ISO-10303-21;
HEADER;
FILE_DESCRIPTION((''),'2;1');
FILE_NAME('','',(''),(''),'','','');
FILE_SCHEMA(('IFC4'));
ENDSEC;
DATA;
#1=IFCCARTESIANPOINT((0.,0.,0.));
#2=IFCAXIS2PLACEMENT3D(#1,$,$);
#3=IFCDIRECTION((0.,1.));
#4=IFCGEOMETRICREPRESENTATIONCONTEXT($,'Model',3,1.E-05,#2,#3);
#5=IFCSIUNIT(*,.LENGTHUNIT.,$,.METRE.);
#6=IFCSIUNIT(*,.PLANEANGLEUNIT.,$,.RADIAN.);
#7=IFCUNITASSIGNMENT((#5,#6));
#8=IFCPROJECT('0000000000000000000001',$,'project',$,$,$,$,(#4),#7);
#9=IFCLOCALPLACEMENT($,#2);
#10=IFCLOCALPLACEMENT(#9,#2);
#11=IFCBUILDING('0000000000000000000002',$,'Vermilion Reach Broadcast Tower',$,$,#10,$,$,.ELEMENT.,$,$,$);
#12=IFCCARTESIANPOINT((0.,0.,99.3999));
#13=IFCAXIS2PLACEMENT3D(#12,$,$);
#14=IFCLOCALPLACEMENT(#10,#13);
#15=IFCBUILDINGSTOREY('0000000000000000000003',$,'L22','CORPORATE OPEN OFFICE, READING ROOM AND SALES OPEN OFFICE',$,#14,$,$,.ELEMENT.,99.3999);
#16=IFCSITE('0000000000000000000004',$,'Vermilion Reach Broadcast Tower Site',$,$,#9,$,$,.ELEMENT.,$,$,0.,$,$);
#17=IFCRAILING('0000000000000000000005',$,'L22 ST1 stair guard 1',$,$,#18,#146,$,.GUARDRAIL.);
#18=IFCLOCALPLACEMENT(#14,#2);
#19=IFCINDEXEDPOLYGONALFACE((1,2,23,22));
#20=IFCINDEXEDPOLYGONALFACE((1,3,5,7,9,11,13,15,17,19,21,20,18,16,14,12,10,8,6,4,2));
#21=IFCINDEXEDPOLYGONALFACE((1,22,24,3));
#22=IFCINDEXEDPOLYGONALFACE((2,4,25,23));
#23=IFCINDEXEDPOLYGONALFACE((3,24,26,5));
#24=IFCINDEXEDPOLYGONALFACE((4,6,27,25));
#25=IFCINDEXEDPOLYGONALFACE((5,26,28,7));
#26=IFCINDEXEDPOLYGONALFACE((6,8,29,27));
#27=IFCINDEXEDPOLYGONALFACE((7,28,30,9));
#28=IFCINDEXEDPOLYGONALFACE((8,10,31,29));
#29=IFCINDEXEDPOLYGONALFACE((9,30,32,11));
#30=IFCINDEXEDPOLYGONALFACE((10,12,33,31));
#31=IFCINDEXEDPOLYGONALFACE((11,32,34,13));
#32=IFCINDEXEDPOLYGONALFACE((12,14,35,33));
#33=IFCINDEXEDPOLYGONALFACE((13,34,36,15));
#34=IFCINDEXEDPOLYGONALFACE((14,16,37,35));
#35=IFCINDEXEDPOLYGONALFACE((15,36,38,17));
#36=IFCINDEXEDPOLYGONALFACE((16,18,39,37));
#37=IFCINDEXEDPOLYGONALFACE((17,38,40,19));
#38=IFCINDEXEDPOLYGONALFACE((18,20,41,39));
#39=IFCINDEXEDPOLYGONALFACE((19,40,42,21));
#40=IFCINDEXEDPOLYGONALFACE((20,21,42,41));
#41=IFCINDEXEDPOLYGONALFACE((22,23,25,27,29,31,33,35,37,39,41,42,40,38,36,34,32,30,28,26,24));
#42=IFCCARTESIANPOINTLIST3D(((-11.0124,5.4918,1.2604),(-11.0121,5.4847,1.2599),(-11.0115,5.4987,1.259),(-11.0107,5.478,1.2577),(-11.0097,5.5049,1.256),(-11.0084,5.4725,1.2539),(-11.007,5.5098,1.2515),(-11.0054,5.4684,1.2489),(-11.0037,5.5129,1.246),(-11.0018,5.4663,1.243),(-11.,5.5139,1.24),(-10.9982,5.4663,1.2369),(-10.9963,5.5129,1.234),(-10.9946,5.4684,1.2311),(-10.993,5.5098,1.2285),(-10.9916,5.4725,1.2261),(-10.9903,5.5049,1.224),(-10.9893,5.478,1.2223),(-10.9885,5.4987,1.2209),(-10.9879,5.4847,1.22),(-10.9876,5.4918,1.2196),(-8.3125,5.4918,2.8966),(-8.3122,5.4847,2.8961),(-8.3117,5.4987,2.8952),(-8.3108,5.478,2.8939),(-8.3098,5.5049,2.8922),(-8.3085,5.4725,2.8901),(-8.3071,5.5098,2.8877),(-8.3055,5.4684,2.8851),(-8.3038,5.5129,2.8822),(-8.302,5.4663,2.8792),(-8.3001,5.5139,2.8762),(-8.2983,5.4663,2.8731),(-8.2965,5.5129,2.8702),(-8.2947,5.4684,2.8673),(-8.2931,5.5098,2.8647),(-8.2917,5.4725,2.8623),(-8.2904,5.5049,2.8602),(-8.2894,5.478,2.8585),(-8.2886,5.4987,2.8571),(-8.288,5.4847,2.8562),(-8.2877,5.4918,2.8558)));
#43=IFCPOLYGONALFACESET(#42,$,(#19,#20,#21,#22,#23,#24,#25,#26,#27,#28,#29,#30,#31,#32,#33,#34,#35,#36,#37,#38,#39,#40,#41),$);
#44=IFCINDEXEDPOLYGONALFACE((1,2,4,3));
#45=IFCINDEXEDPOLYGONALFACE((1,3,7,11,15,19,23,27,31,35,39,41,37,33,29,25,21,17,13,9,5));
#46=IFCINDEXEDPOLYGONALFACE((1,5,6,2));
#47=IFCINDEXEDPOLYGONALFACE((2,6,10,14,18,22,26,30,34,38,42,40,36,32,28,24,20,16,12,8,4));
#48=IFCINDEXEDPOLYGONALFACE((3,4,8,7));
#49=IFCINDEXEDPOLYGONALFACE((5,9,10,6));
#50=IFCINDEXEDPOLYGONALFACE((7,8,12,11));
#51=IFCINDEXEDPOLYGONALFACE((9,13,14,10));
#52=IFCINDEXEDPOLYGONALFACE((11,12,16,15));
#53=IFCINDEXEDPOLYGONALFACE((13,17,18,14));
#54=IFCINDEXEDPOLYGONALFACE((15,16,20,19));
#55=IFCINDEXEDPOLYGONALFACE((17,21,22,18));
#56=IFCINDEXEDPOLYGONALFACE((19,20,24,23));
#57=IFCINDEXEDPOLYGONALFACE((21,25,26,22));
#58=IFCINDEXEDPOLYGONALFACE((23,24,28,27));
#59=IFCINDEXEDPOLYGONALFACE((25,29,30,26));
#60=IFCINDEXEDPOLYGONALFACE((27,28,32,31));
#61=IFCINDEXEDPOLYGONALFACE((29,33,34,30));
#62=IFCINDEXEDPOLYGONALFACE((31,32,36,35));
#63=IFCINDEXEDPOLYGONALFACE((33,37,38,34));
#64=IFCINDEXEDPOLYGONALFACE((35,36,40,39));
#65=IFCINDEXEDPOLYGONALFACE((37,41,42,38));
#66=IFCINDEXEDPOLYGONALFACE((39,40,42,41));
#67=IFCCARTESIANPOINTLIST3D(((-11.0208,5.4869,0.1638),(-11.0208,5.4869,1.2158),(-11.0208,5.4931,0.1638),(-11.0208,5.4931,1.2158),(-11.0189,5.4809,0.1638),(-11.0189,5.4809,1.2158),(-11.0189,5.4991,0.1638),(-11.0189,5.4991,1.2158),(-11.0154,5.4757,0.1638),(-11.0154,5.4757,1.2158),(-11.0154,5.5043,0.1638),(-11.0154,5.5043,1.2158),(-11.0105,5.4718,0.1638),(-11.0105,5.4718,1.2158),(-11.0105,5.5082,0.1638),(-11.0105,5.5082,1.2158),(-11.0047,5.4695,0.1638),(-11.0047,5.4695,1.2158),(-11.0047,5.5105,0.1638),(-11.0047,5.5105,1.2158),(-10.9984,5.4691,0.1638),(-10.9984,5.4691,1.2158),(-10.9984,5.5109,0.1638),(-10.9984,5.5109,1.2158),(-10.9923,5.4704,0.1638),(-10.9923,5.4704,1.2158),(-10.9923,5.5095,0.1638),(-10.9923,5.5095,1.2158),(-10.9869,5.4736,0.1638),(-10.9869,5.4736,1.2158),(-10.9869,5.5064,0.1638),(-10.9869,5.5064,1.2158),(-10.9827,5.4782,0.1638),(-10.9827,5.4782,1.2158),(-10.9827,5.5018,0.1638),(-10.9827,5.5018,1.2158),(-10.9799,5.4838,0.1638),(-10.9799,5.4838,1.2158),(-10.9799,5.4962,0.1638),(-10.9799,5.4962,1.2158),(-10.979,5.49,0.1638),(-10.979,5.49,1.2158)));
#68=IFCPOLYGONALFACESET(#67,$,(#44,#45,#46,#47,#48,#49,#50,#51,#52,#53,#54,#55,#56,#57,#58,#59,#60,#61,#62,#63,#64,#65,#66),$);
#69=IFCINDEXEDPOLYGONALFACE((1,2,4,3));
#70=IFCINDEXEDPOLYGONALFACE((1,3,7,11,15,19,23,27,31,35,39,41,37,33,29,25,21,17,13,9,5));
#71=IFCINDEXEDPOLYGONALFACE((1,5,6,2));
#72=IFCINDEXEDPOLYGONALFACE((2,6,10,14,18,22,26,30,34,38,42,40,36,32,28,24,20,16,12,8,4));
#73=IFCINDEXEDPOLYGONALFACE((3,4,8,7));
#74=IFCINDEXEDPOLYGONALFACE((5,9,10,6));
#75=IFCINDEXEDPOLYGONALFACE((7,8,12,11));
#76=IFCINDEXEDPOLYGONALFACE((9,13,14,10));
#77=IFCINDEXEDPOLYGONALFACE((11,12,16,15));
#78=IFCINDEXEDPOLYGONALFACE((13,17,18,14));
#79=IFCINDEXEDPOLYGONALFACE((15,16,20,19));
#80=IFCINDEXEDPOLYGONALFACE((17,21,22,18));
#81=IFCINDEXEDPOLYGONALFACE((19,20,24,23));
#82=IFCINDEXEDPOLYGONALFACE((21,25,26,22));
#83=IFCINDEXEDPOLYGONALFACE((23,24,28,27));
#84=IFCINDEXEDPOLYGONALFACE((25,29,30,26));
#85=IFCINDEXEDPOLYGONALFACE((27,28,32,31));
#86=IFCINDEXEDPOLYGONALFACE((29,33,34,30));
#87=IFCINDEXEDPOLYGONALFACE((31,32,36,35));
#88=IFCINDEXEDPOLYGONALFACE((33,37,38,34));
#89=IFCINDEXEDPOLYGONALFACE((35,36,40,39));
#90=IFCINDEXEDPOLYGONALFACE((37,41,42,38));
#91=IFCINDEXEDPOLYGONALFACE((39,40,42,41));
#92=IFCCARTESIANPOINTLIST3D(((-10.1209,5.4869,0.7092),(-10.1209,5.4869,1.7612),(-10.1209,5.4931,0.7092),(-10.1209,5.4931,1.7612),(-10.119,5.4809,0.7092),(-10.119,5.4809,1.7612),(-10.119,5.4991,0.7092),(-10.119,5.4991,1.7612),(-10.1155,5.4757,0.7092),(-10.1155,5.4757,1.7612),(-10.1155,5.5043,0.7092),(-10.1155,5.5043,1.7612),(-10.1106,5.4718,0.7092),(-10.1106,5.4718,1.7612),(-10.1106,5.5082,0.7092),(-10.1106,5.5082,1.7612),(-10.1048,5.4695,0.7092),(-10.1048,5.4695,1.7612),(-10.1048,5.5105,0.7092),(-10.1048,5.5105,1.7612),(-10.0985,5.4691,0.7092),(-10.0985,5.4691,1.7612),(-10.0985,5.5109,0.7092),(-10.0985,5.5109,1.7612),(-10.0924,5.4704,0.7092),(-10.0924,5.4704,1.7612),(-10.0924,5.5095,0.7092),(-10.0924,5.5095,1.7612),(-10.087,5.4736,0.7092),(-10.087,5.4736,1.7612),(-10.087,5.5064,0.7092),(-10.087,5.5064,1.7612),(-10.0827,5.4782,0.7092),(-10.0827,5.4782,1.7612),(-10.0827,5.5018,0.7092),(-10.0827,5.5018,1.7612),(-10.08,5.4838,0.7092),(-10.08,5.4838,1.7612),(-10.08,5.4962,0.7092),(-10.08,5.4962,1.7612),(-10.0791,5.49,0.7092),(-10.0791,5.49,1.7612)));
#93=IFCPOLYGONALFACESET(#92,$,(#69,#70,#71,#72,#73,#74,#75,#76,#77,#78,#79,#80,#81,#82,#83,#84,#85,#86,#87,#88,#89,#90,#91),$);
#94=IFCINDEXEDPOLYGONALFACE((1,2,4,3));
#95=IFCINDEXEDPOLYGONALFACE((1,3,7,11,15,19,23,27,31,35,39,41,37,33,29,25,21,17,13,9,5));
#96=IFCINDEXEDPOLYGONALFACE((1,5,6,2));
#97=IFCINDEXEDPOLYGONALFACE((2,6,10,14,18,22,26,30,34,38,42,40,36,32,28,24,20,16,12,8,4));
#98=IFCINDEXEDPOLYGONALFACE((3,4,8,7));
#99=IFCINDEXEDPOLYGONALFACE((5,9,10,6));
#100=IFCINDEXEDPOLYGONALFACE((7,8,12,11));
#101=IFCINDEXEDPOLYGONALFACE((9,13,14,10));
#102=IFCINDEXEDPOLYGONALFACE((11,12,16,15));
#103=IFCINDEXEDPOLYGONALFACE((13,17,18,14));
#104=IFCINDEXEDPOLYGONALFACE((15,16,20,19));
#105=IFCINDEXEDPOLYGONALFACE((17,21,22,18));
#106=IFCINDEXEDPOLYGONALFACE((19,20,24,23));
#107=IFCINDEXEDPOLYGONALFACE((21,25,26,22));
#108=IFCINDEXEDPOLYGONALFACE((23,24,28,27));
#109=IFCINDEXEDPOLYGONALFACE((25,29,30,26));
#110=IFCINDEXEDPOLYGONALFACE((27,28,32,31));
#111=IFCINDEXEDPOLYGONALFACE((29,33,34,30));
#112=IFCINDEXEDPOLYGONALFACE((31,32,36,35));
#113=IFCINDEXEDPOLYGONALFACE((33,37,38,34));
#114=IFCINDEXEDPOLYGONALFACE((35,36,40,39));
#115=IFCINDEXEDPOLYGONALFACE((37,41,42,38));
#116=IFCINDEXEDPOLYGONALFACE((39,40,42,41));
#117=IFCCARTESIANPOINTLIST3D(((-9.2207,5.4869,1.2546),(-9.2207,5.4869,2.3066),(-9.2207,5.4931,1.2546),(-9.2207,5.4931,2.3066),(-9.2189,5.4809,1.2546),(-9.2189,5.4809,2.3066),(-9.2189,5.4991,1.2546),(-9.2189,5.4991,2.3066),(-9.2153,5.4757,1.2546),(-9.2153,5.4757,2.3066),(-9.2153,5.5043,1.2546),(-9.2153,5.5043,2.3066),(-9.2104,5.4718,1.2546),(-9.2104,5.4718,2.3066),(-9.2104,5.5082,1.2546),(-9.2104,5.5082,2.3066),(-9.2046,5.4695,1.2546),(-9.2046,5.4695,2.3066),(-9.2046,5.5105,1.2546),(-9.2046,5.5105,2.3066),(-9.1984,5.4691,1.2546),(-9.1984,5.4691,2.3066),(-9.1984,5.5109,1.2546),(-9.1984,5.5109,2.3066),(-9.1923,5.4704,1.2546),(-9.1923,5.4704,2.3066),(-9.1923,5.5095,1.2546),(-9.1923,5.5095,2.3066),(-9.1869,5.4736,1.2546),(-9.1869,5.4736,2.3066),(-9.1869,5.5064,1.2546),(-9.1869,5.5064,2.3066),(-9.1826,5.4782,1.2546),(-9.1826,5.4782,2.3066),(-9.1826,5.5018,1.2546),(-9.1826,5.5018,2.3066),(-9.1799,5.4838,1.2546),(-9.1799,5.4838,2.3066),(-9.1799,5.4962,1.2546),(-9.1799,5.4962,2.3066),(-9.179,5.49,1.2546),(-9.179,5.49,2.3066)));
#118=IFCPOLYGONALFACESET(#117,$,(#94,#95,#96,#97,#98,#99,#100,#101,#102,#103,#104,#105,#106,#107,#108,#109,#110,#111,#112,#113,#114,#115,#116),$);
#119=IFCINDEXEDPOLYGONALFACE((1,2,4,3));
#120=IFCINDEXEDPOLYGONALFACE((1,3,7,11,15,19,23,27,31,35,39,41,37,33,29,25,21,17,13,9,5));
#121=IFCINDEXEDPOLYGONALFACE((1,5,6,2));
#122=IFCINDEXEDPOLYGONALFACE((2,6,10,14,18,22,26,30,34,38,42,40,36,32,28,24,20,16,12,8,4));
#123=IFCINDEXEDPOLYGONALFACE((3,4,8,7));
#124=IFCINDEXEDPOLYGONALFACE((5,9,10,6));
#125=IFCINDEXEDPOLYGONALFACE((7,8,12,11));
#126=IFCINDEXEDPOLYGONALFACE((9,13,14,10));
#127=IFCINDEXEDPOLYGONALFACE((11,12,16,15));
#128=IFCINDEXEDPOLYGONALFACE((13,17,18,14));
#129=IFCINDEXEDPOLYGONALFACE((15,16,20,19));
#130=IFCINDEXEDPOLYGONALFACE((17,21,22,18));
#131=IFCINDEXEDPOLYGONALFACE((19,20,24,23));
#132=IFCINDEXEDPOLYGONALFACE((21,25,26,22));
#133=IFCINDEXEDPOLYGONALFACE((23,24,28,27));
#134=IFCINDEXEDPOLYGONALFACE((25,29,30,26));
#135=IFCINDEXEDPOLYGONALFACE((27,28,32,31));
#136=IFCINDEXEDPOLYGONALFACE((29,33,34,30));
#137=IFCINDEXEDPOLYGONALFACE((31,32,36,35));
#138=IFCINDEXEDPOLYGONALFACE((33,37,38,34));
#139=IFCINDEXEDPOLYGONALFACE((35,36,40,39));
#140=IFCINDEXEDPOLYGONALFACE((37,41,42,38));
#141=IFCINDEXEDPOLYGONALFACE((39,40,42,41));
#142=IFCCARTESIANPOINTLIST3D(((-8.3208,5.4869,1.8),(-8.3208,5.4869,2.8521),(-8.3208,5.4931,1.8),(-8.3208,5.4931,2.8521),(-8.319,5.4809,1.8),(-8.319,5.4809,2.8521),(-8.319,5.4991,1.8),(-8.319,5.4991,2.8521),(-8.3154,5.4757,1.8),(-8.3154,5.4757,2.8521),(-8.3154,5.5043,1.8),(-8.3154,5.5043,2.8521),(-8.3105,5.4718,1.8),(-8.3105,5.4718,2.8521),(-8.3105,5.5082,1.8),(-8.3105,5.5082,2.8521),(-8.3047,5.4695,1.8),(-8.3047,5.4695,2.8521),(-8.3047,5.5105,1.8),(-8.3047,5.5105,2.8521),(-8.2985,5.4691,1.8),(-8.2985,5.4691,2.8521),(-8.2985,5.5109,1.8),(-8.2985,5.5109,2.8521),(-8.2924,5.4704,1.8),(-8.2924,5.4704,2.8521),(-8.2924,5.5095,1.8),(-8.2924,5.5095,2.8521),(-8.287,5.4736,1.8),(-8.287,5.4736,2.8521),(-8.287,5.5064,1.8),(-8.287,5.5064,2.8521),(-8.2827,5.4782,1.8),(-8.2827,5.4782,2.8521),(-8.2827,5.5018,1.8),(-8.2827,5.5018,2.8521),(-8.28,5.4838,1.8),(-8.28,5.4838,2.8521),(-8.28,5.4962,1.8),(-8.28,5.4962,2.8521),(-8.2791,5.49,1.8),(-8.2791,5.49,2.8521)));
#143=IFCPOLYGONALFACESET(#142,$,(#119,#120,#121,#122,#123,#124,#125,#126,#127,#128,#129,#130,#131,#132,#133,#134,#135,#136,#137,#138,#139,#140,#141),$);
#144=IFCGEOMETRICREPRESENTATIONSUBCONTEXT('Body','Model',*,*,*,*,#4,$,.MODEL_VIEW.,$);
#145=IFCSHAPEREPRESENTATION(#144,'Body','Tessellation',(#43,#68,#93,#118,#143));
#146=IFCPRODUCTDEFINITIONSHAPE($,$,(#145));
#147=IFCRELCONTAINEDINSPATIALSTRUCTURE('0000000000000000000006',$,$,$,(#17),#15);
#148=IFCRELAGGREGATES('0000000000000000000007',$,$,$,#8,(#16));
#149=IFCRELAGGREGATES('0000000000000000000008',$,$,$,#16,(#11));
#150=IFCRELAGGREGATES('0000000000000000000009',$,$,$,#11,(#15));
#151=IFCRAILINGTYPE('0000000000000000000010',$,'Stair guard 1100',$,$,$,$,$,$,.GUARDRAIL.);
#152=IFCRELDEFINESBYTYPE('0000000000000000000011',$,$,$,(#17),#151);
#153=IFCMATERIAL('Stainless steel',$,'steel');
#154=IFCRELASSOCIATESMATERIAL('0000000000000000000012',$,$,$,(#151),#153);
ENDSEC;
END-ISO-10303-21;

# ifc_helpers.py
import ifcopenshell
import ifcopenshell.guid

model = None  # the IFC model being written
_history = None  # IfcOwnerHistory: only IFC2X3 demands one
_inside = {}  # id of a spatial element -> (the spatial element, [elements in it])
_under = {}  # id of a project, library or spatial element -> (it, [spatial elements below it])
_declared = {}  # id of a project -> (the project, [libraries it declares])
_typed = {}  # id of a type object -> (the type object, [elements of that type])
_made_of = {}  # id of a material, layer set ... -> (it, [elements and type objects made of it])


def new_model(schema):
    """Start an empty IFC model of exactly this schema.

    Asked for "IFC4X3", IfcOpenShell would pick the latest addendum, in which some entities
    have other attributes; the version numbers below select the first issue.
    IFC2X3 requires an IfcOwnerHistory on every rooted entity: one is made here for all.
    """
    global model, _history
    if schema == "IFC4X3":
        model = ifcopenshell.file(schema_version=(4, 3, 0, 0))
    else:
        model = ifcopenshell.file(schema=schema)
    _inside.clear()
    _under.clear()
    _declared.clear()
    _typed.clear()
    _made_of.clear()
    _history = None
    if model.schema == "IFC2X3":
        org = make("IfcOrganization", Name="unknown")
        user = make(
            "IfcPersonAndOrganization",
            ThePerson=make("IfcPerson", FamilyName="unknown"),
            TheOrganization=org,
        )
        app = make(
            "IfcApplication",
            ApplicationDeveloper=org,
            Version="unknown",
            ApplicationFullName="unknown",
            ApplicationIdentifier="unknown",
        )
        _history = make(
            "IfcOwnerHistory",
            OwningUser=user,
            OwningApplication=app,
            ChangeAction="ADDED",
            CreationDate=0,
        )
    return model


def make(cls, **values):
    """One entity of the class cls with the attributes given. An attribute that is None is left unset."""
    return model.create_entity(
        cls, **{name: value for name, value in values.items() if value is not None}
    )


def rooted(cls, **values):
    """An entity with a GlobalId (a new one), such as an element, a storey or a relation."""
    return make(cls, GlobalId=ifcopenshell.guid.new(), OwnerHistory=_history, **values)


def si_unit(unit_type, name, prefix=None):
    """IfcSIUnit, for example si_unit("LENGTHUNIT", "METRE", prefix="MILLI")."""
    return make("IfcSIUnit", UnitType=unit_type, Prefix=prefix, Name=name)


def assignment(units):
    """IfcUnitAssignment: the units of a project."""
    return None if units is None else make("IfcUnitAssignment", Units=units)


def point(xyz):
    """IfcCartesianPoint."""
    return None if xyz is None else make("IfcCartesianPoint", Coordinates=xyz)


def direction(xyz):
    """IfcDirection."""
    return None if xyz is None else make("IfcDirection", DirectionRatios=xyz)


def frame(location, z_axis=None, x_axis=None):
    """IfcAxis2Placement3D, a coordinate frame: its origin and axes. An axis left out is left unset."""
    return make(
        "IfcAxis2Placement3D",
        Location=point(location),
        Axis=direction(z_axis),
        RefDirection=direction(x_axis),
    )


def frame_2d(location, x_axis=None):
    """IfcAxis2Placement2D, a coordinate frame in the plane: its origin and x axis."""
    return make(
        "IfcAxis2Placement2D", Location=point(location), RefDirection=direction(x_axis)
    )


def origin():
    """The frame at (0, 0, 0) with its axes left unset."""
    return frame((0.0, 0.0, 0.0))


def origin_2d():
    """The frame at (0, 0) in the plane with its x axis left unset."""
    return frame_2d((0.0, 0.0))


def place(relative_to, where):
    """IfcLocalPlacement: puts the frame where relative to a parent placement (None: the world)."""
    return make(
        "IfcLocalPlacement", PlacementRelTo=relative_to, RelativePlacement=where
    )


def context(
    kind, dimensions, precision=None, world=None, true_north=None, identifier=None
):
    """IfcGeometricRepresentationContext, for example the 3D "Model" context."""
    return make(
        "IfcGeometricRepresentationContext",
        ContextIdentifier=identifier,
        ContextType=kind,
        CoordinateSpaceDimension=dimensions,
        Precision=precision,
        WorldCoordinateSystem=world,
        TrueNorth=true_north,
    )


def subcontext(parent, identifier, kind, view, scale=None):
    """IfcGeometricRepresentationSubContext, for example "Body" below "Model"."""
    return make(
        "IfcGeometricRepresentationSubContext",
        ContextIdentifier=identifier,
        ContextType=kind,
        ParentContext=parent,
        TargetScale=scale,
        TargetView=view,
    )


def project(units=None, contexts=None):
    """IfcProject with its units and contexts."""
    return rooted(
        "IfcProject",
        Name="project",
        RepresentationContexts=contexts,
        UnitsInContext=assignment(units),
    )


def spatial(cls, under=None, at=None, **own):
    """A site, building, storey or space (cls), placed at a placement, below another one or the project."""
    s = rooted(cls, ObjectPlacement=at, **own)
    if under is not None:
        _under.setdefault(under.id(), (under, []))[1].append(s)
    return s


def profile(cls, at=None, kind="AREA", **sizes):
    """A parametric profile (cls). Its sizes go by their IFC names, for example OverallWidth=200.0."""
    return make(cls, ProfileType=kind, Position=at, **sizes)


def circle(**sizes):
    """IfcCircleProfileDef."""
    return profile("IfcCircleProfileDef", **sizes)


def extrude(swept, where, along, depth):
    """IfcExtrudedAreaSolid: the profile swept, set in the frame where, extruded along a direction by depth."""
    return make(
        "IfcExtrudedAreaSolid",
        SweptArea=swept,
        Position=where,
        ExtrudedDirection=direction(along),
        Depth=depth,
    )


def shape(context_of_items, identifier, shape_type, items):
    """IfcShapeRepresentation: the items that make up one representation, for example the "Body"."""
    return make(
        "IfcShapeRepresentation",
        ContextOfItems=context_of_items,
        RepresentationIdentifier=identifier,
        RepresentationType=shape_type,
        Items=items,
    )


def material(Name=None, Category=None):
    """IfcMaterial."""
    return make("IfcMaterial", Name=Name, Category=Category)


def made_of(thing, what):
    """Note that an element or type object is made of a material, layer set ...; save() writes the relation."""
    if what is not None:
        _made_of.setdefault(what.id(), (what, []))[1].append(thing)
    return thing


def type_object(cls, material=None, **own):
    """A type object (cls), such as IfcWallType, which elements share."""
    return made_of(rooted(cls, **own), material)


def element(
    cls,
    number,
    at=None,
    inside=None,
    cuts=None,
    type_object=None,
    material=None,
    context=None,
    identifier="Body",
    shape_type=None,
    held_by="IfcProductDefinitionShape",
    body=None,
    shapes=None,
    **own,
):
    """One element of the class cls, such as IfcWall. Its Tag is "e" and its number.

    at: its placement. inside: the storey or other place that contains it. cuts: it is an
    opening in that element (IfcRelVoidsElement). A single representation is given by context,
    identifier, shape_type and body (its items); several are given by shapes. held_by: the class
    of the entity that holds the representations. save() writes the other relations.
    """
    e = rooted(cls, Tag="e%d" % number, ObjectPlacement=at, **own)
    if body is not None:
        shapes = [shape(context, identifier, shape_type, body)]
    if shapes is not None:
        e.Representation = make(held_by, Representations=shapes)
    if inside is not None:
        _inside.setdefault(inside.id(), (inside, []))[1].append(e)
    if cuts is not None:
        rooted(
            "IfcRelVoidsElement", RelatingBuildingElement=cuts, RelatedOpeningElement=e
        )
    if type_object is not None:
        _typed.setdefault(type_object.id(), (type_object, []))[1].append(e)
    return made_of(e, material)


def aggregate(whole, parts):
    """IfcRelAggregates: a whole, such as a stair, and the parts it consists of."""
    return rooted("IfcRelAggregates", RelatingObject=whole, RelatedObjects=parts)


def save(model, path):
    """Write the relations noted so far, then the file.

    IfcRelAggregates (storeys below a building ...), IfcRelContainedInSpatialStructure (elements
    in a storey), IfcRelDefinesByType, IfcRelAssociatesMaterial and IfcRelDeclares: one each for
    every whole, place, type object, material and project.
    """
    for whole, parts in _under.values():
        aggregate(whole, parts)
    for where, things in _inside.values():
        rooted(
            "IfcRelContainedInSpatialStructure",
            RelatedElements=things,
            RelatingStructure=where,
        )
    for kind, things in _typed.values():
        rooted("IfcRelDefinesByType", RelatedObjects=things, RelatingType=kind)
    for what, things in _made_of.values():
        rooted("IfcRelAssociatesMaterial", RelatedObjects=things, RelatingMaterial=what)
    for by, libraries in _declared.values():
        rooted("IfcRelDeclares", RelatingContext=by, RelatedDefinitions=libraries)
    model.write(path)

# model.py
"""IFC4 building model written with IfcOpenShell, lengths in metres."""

from ifc_helpers import new_model, si_unit, direction, frame, origin, origin_2d, place, context, subcontext, project, spatial, circle, extrude, material, type_object, element, save


model = new_model("IFC4")

# Units and contexts
model_context = context("Model", 3, precision=1e-05, world=origin(), true_north=direction((0.0, 1.0)))
body_context = subcontext(model_context, "Body", "Model", "MODEL_VIEW")
ifc_project = project(units=[si_unit("LENGTHUNIT", "METRE"), si_unit("PLANEANGLEUNIT", "RADIAN")], contexts=[model_context])

# Site, building, storey
site_placement = place(None, origin())
site = spatial("IfcSite", under=ifc_project, at=site_placement, Name="Vermilion Reach Broadcast Tower Site", CompositionType="ELEMENT", RefElevation=0.0)
building_placement = place(site_placement, origin())
building = spatial("IfcBuilding", under=site, at=building_placement, Name="Vermilion Reach Broadcast Tower", CompositionType="ELEMENT")
storey_placement = place(building_placement, frame((0.0, 0.0, 99.3999)))
storey = spatial("IfcBuildingStorey", under=building, at=storey_placement, Name="L22", Description="CORPORATE OPEN OFFICE, READING ROOM AND SALES OPEN OFFICE", CompositionType="ELEMENT", Elevation=99.3999)

# Railing
ifc_material_1 = material(Name="Stainless steel", Category="steel")
railing_type_1 = type_object("IfcRailingType", Name="Stair guard 1100", PredefinedType="GUARDRAIL", material=ifc_material_1)
railing_1_placement = place(storey_placement, frame((-11.0, 5.49, 0.1638)))
element("IfcRailing", 1, at=railing_1_placement, inside=storey, type_object=railing_type_1, Name="L22 ST1 stair guard 1", PredefinedType="GUARDRAIL", context=body_context, shape_type="SweptSolid", body=[
    extrude(circle(Radius=0.0239, at=origin_2d()), frame((0.0, 0.0, 1.0762), z_axis=(0.855212, 0.0, 0.518278), x_axis=(0.0, 1.0, 0.0)), (0.0, 0.0, 1.0), 3.157),
    extrude(circle(Radius=0.021, at=origin_2d()), origin(), (0.0, 0.0, 1.0), 1.052),
    extrude(circle(Radius=0.021, at=origin_2d()), frame((0.8999, 0.0, 0.5454)), (0.0, 0.0, 1.0), 1.052),
    extrude(circle(Radius=0.021, at=origin_2d()), frame((1.8, 0.0, 1.0908)), (0.0, 0.0, 1.0), 1.052),
    extrude(circle(Radius=0.021, at=origin_2d()), frame((2.7, 0.0, 1.6362)), (0.0, 0.0, 1.0), 1.052),
])

save(model, "model.ifc")
